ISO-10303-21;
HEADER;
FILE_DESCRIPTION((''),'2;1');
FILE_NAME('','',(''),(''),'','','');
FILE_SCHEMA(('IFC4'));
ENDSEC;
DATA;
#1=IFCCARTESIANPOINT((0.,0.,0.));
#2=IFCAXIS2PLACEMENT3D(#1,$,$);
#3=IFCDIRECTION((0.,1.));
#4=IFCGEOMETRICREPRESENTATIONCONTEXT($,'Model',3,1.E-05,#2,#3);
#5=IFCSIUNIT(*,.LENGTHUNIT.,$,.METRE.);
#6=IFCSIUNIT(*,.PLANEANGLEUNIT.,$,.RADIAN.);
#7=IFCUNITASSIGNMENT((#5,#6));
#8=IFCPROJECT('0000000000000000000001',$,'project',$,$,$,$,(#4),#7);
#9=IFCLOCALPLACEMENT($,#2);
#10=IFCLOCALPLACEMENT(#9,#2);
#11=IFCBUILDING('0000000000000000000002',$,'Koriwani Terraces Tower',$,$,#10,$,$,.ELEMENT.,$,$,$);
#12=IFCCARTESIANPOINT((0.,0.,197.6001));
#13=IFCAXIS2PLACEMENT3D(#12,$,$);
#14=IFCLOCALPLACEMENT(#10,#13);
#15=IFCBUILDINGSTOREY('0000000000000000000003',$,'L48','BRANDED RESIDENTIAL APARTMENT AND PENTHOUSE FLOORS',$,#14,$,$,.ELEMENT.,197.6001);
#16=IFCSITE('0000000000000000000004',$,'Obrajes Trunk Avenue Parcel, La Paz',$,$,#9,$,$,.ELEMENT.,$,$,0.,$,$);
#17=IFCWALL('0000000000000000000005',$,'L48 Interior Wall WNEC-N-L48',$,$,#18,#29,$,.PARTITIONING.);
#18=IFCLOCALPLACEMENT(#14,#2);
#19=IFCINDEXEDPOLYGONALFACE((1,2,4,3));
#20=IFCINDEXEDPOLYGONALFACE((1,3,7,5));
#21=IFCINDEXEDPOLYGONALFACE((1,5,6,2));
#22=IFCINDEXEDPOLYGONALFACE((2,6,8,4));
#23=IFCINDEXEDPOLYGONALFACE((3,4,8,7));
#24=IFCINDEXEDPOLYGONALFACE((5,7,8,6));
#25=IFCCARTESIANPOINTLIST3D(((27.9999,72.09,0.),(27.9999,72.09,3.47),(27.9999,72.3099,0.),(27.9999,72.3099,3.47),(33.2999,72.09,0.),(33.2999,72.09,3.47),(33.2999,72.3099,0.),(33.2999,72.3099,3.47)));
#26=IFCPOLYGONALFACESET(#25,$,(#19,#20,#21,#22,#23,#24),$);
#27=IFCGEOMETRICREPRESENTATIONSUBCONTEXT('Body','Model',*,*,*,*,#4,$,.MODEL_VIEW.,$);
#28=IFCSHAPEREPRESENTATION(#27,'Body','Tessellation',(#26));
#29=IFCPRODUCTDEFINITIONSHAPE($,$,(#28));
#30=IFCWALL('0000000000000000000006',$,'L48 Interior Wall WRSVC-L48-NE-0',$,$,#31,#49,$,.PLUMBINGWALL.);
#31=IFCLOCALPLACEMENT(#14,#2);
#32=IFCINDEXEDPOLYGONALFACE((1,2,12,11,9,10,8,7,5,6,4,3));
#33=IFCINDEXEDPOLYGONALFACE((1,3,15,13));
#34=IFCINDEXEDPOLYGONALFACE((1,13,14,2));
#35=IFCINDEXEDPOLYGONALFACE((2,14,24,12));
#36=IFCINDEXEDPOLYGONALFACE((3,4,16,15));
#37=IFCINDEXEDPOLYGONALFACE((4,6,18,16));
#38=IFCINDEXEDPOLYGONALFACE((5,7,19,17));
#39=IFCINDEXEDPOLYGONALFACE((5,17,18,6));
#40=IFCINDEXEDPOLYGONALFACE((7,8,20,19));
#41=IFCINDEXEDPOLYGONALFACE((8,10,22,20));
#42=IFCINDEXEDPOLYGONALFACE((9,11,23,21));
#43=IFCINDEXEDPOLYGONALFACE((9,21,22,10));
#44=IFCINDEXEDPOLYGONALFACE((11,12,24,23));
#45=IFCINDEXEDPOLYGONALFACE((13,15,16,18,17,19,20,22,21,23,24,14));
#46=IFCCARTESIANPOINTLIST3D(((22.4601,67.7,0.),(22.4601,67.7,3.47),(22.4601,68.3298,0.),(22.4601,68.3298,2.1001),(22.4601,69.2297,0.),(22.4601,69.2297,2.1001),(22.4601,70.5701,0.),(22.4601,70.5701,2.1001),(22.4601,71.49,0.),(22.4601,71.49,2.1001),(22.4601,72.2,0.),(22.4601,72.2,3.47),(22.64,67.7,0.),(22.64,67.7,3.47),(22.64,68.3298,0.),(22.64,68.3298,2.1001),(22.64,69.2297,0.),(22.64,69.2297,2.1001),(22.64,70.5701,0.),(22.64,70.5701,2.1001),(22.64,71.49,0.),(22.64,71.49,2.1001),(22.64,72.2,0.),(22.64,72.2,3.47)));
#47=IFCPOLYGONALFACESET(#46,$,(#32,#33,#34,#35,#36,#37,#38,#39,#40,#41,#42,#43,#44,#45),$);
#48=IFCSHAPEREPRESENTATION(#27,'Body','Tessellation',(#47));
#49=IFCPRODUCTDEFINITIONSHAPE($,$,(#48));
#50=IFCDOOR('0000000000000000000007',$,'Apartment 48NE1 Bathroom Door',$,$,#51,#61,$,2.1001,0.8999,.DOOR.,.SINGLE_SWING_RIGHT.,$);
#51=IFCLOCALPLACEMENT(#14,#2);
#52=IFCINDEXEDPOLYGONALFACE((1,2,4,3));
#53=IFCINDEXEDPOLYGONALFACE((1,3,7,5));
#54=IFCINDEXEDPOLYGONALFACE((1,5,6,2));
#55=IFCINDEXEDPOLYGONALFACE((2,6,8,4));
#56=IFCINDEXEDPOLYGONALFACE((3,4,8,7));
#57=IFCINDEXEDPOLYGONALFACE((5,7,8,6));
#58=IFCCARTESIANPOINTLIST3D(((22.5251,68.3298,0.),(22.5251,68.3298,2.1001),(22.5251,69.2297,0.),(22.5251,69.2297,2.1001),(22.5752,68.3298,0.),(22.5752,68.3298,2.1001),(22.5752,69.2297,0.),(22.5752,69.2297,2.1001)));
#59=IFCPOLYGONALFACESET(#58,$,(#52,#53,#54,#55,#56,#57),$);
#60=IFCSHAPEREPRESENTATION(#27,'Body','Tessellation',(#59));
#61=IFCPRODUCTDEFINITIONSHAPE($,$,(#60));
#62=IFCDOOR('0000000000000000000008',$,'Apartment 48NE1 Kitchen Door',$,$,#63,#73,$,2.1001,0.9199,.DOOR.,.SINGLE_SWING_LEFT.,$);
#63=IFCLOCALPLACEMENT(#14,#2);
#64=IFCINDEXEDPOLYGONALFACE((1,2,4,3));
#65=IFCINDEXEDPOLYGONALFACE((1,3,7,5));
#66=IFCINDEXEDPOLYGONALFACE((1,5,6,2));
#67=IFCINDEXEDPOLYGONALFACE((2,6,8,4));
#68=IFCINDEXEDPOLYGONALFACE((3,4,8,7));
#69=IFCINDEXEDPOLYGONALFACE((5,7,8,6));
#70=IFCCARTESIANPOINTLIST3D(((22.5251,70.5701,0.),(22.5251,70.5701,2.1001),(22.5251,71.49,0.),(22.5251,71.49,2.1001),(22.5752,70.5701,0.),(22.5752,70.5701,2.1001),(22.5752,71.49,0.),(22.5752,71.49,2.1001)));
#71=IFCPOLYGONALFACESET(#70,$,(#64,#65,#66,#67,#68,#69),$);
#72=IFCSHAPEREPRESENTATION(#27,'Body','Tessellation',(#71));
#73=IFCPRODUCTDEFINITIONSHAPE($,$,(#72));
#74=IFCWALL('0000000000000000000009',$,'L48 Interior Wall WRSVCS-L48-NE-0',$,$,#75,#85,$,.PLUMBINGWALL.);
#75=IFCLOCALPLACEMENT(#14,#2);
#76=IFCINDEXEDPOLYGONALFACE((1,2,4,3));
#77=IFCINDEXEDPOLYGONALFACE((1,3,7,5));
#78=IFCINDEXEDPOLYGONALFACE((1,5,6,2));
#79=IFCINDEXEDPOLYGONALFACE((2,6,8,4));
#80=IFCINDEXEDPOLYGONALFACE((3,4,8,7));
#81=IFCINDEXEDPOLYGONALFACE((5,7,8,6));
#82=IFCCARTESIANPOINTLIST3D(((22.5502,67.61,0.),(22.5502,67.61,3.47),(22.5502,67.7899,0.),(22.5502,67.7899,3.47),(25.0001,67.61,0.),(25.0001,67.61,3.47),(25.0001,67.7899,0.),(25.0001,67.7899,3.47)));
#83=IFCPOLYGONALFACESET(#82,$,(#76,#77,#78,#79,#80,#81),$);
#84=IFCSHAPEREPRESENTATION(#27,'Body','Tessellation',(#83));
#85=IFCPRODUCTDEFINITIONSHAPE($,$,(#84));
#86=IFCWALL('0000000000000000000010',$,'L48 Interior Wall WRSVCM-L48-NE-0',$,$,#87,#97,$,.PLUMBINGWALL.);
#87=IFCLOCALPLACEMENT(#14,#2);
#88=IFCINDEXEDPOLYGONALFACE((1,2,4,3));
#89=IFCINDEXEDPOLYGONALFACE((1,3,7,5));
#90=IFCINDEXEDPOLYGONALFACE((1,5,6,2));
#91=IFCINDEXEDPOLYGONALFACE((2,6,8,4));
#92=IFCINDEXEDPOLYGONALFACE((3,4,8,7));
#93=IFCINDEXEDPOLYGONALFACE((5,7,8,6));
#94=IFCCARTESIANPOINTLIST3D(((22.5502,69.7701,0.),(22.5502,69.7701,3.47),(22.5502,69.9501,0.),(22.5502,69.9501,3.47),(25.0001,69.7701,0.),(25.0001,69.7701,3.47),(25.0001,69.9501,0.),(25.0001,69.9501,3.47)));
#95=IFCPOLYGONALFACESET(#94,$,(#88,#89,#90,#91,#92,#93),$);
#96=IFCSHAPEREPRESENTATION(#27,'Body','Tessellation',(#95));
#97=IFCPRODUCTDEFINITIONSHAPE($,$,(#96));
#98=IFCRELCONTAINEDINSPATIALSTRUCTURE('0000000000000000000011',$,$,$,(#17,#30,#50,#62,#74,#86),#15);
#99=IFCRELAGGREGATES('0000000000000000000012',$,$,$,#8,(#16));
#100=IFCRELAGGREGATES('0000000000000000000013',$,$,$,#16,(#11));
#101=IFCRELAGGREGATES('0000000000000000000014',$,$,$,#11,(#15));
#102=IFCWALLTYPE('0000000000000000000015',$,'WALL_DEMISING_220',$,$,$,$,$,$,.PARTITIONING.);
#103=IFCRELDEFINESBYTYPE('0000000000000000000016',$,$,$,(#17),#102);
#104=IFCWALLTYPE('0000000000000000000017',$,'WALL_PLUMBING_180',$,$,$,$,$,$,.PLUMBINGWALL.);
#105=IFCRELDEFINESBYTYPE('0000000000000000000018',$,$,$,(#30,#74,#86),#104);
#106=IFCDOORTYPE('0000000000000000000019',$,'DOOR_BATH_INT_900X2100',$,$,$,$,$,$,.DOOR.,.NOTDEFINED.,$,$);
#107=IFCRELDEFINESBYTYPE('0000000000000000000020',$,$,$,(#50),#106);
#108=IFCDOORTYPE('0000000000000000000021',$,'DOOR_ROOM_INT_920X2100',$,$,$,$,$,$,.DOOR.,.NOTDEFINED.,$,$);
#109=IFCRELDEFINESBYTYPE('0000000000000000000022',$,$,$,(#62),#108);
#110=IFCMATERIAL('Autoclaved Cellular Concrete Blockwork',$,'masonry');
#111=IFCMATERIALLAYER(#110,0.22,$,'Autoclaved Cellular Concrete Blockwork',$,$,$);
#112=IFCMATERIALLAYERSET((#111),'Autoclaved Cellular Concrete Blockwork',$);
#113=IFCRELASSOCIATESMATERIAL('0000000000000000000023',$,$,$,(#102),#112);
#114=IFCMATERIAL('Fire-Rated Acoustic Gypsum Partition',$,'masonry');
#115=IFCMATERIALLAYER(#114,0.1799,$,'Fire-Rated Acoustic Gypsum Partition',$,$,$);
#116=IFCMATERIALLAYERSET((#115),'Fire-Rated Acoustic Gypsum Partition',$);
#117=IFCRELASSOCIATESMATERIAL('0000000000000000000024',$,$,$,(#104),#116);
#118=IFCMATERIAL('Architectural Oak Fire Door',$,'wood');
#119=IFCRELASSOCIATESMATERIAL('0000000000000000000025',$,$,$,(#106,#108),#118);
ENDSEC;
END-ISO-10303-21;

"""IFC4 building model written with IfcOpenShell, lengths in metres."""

from ifc_helpers import new_model, si_unit, direction, frame, frame_2d, origin, place, context, subcontext, project, spatial, rectangle, extrude, material, layer, layer_set, type_object, element, fill, save


model = new_model("IFC4")

# Units and contexts
model_context = context("Model", 3, precision=1e-05, world=origin(), true_north=direction((0.0, 1.0)))
body_context = subcontext(model_context, "Body", "Model", "MODEL_VIEW")
ifc_project = project(units=[si_unit("LENGTHUNIT", "METRE"), si_unit("PLANEANGLEUNIT", "RADIAN")], contexts=[model_context])

# Site, building, storey
site_placement = place(None, origin())
site = spatial("IfcSite", under=ifc_project, at=site_placement, Name="Obrajes Trunk Avenue Parcel, La Paz", CompositionType="ELEMENT", RefElevation=0.0)
building_placement = place(site_placement, origin())
building = spatial("IfcBuilding", under=site, at=building_placement, Name="Koriwani Terraces Tower", CompositionType="ELEMENT")
storey_placement = place(building_placement, frame((0.0, 0.0, 197.6001)))
storey = spatial("IfcBuildingStorey", under=building, at=storey_placement, Name="L48", Description="BRANDED RESIDENTIAL APARTMENT AND PENTHOUSE FLOORS", CompositionType="ELEMENT", Elevation=197.6001)

# Shared definitions
ifc_material_1 = material(Name="Autoclaved Cellular Concrete Blockwork", Category="masonry")
ifc_material_2 = material(Name="Architectural Oak Fire Door", Category="wood")

# Wall
ifc_layer_1 = layer(ifc_material_1, 0.22, Name="Autoclaved Cellular Concrete Blockwork")
ifc_layer_set_1 = layer_set([ifc_layer_1], Name="Autoclaved Cellular Concrete Blockwork")
wall_type_1 = type_object("IfcWallType", Name="WALL_DEMISING_220", PredefinedType="PARTITIONING", material=ifc_layer_set_1)
wall_1_placement = place(storey_placement, frame((28.0, 72.2, 0.0), z_axis=(0.0, 0.0, 1.0), x_axis=(1.0, 0.0, 0.0)))
element("IfcWall", 1, at=wall_1_placement, inside=storey, type_object=wall_type_1, Name="L48 Interior Wall WNEC-N-L48", PredefinedType="PARTITIONING", context=body_context, shape_type="SweptSolid", body=[
    extrude(rectangle(XDim=5.3, YDim=0.22, at=frame_2d((2.6499, 0.0))), origin(), (0.0, 0.0, 1.0), 3.47),
])

# Wall, openings, doors
ifc_material_3 = material(Name="Fire-Rated Acoustic Gypsum Partition", Category="masonry")
ifc_layer_2 = layer(ifc_material_3, 0.1799, Name="Fire-Rated Acoustic Gypsum Partition")
ifc_layer_set_2 = layer_set([ifc_layer_2], Name="Fire-Rated Acoustic Gypsum Partition")
wall_type_2 = type_object("IfcWallType", Name="WALL_PLUMBING_180", PredefinedType="PLUMBINGWALL", material=ifc_layer_set_2)
wall_2_placement = place(storey_placement, frame((22.55, 67.7, 0.0), z_axis=(0.0, 0.0, 1.0), x_axis=(0.0, 1.0, 0.0)))
wall_2 = element("IfcWall", 2, at=wall_2_placement, inside=storey, type_object=wall_type_2, Name="L48 Interior Wall WRSVC-L48-NE-0", PredefinedType="PLUMBINGWALL", context=body_context, shape_type="SweptSolid", body=[
    extrude(rectangle(XDim=4.5, YDim=0.1799, at=frame_2d((2.25, 0.0))), origin(), (0.0, 0.0, 1.0), 3.47),
])
opening_1_placement = place(wall_2_placement, frame((0.6299, 0.0, 0.0)))
opening_1 = element("IfcOpeningElement", 3, at=opening_1_placement, cuts=wall_2, PredefinedType="OPENING", context=body_context, shape_type="SweptSolid", body=[
    extrude(rectangle(XDim=0.8999, YDim=2.1001, at=frame_2d((0.45, 1.05))), frame((0.0, 0.1001, 0.0), z_axis=(0.0, -1.0, 0.0), x_axis=(1.0, 0.0, 0.0)), (0.0, 0.0, 1.0), 0.2),
])
opening_2_placement = place(wall_2_placement, frame((2.8701, 0.0, 0.0)))
opening_2 = element("IfcOpeningElement", 4, at=opening_2_placement, cuts=wall_2, PredefinedType="OPENING", context=body_context, shape_type="SweptSolid", body=[
    extrude(rectangle(XDim=0.9199, YDim=2.1001, at=frame_2d((0.46, 1.05))), frame((0.0, 0.1001, 0.0), z_axis=(0.0, -1.0, 0.0), x_axis=(1.0, 0.0, 0.0)), (0.0, 0.0, 1.0), 0.2),
])
door_type_1 = type_object("IfcDoorType", Name="DOOR_BATH_INT_900X2100", OperationType="NOTDEFINED", PredefinedType="DOOR", material=ifc_material_2)
door_1_placement = place(opening_1_placement, origin())
door_1 = element("IfcDoor", 5, at=door_1_placement, inside=storey, type_object=door_type_1, Name="Apartment 48NE1 Bathroom Door", OperationType="SINGLE_SWING_RIGHT", OverallHeight=2.1001, OverallWidth=0.8999, PredefinedType="DOOR", context=body_context, shape_type="SweptSolid", body=[
    extrude(rectangle(XDim=0.8999, YDim=2.1001, at=frame_2d((0.45, 1.05))), frame((0.0, 0.0249, 0.0), z_axis=(0.0, -1.0, 0.0), x_axis=(1.0, 0.0, 0.0)), (0.0, 0.0, 1.0), 0.05),
])
fill(opening_1, door_1)
door_type_2 = type_object("IfcDoorType", Name="DOOR_ROOM_INT_920X2100", OperationType="NOTDEFINED", PredefinedType="DOOR", material=ifc_material_2)
door_2_placement = place(opening_2_placement, origin())
door_2 = element("IfcDoor", 6, at=door_2_placement, inside=storey, type_object=door_type_2, Name="Apartment 48NE1 Kitchen Door", OperationType="SINGLE_SWING_LEFT", OverallHeight=2.1001, OverallWidth=0.9199, PredefinedType="DOOR", context=body_context, shape_type="SweptSolid", body=[
    extrude(rectangle(XDim=0.9199, YDim=2.1001, at=frame_2d((0.46, 1.05))), frame((0.0, 0.0249, 0.0), z_axis=(0.0, -1.0, 0.0), x_axis=(1.0, 0.0, 0.0)), (0.0, 0.0, 1.0), 0.05),
])
fill(opening_2, door_2)

# Walls
for number, where, z_axis, x_axis, name in (
    (7, (22.55, 67.7, 0.0), (0.0, 0.0, 1.0), (1.0, 0.0, 0.0), "L48 Interior Wall WRSVCS-L48-NE-0"),
    (8, (22.55, 69.8601, 0.0), (0.0, 0.0, 1.0), (1.0, 0.0, 0.0), "L48 Interior Wall WRSVCM-L48-NE-0"),
):
    element("IfcWall", number, at=place(storey_placement, frame(where, z_axis=z_axis, x_axis=x_axis)), inside=storey, type_object=wall_type_2, Name=name, PredefinedType="PLUMBINGWALL", context=body_context, shape_type="SweptSolid", body=[
        extrude(rectangle(XDim=2.45, YDim=0.1799, at=frame_2d((1.2251, 0.0))), origin(), (0.0, 0.0, 1.0), 3.47),
    ])

save(model, "model.ifc")
